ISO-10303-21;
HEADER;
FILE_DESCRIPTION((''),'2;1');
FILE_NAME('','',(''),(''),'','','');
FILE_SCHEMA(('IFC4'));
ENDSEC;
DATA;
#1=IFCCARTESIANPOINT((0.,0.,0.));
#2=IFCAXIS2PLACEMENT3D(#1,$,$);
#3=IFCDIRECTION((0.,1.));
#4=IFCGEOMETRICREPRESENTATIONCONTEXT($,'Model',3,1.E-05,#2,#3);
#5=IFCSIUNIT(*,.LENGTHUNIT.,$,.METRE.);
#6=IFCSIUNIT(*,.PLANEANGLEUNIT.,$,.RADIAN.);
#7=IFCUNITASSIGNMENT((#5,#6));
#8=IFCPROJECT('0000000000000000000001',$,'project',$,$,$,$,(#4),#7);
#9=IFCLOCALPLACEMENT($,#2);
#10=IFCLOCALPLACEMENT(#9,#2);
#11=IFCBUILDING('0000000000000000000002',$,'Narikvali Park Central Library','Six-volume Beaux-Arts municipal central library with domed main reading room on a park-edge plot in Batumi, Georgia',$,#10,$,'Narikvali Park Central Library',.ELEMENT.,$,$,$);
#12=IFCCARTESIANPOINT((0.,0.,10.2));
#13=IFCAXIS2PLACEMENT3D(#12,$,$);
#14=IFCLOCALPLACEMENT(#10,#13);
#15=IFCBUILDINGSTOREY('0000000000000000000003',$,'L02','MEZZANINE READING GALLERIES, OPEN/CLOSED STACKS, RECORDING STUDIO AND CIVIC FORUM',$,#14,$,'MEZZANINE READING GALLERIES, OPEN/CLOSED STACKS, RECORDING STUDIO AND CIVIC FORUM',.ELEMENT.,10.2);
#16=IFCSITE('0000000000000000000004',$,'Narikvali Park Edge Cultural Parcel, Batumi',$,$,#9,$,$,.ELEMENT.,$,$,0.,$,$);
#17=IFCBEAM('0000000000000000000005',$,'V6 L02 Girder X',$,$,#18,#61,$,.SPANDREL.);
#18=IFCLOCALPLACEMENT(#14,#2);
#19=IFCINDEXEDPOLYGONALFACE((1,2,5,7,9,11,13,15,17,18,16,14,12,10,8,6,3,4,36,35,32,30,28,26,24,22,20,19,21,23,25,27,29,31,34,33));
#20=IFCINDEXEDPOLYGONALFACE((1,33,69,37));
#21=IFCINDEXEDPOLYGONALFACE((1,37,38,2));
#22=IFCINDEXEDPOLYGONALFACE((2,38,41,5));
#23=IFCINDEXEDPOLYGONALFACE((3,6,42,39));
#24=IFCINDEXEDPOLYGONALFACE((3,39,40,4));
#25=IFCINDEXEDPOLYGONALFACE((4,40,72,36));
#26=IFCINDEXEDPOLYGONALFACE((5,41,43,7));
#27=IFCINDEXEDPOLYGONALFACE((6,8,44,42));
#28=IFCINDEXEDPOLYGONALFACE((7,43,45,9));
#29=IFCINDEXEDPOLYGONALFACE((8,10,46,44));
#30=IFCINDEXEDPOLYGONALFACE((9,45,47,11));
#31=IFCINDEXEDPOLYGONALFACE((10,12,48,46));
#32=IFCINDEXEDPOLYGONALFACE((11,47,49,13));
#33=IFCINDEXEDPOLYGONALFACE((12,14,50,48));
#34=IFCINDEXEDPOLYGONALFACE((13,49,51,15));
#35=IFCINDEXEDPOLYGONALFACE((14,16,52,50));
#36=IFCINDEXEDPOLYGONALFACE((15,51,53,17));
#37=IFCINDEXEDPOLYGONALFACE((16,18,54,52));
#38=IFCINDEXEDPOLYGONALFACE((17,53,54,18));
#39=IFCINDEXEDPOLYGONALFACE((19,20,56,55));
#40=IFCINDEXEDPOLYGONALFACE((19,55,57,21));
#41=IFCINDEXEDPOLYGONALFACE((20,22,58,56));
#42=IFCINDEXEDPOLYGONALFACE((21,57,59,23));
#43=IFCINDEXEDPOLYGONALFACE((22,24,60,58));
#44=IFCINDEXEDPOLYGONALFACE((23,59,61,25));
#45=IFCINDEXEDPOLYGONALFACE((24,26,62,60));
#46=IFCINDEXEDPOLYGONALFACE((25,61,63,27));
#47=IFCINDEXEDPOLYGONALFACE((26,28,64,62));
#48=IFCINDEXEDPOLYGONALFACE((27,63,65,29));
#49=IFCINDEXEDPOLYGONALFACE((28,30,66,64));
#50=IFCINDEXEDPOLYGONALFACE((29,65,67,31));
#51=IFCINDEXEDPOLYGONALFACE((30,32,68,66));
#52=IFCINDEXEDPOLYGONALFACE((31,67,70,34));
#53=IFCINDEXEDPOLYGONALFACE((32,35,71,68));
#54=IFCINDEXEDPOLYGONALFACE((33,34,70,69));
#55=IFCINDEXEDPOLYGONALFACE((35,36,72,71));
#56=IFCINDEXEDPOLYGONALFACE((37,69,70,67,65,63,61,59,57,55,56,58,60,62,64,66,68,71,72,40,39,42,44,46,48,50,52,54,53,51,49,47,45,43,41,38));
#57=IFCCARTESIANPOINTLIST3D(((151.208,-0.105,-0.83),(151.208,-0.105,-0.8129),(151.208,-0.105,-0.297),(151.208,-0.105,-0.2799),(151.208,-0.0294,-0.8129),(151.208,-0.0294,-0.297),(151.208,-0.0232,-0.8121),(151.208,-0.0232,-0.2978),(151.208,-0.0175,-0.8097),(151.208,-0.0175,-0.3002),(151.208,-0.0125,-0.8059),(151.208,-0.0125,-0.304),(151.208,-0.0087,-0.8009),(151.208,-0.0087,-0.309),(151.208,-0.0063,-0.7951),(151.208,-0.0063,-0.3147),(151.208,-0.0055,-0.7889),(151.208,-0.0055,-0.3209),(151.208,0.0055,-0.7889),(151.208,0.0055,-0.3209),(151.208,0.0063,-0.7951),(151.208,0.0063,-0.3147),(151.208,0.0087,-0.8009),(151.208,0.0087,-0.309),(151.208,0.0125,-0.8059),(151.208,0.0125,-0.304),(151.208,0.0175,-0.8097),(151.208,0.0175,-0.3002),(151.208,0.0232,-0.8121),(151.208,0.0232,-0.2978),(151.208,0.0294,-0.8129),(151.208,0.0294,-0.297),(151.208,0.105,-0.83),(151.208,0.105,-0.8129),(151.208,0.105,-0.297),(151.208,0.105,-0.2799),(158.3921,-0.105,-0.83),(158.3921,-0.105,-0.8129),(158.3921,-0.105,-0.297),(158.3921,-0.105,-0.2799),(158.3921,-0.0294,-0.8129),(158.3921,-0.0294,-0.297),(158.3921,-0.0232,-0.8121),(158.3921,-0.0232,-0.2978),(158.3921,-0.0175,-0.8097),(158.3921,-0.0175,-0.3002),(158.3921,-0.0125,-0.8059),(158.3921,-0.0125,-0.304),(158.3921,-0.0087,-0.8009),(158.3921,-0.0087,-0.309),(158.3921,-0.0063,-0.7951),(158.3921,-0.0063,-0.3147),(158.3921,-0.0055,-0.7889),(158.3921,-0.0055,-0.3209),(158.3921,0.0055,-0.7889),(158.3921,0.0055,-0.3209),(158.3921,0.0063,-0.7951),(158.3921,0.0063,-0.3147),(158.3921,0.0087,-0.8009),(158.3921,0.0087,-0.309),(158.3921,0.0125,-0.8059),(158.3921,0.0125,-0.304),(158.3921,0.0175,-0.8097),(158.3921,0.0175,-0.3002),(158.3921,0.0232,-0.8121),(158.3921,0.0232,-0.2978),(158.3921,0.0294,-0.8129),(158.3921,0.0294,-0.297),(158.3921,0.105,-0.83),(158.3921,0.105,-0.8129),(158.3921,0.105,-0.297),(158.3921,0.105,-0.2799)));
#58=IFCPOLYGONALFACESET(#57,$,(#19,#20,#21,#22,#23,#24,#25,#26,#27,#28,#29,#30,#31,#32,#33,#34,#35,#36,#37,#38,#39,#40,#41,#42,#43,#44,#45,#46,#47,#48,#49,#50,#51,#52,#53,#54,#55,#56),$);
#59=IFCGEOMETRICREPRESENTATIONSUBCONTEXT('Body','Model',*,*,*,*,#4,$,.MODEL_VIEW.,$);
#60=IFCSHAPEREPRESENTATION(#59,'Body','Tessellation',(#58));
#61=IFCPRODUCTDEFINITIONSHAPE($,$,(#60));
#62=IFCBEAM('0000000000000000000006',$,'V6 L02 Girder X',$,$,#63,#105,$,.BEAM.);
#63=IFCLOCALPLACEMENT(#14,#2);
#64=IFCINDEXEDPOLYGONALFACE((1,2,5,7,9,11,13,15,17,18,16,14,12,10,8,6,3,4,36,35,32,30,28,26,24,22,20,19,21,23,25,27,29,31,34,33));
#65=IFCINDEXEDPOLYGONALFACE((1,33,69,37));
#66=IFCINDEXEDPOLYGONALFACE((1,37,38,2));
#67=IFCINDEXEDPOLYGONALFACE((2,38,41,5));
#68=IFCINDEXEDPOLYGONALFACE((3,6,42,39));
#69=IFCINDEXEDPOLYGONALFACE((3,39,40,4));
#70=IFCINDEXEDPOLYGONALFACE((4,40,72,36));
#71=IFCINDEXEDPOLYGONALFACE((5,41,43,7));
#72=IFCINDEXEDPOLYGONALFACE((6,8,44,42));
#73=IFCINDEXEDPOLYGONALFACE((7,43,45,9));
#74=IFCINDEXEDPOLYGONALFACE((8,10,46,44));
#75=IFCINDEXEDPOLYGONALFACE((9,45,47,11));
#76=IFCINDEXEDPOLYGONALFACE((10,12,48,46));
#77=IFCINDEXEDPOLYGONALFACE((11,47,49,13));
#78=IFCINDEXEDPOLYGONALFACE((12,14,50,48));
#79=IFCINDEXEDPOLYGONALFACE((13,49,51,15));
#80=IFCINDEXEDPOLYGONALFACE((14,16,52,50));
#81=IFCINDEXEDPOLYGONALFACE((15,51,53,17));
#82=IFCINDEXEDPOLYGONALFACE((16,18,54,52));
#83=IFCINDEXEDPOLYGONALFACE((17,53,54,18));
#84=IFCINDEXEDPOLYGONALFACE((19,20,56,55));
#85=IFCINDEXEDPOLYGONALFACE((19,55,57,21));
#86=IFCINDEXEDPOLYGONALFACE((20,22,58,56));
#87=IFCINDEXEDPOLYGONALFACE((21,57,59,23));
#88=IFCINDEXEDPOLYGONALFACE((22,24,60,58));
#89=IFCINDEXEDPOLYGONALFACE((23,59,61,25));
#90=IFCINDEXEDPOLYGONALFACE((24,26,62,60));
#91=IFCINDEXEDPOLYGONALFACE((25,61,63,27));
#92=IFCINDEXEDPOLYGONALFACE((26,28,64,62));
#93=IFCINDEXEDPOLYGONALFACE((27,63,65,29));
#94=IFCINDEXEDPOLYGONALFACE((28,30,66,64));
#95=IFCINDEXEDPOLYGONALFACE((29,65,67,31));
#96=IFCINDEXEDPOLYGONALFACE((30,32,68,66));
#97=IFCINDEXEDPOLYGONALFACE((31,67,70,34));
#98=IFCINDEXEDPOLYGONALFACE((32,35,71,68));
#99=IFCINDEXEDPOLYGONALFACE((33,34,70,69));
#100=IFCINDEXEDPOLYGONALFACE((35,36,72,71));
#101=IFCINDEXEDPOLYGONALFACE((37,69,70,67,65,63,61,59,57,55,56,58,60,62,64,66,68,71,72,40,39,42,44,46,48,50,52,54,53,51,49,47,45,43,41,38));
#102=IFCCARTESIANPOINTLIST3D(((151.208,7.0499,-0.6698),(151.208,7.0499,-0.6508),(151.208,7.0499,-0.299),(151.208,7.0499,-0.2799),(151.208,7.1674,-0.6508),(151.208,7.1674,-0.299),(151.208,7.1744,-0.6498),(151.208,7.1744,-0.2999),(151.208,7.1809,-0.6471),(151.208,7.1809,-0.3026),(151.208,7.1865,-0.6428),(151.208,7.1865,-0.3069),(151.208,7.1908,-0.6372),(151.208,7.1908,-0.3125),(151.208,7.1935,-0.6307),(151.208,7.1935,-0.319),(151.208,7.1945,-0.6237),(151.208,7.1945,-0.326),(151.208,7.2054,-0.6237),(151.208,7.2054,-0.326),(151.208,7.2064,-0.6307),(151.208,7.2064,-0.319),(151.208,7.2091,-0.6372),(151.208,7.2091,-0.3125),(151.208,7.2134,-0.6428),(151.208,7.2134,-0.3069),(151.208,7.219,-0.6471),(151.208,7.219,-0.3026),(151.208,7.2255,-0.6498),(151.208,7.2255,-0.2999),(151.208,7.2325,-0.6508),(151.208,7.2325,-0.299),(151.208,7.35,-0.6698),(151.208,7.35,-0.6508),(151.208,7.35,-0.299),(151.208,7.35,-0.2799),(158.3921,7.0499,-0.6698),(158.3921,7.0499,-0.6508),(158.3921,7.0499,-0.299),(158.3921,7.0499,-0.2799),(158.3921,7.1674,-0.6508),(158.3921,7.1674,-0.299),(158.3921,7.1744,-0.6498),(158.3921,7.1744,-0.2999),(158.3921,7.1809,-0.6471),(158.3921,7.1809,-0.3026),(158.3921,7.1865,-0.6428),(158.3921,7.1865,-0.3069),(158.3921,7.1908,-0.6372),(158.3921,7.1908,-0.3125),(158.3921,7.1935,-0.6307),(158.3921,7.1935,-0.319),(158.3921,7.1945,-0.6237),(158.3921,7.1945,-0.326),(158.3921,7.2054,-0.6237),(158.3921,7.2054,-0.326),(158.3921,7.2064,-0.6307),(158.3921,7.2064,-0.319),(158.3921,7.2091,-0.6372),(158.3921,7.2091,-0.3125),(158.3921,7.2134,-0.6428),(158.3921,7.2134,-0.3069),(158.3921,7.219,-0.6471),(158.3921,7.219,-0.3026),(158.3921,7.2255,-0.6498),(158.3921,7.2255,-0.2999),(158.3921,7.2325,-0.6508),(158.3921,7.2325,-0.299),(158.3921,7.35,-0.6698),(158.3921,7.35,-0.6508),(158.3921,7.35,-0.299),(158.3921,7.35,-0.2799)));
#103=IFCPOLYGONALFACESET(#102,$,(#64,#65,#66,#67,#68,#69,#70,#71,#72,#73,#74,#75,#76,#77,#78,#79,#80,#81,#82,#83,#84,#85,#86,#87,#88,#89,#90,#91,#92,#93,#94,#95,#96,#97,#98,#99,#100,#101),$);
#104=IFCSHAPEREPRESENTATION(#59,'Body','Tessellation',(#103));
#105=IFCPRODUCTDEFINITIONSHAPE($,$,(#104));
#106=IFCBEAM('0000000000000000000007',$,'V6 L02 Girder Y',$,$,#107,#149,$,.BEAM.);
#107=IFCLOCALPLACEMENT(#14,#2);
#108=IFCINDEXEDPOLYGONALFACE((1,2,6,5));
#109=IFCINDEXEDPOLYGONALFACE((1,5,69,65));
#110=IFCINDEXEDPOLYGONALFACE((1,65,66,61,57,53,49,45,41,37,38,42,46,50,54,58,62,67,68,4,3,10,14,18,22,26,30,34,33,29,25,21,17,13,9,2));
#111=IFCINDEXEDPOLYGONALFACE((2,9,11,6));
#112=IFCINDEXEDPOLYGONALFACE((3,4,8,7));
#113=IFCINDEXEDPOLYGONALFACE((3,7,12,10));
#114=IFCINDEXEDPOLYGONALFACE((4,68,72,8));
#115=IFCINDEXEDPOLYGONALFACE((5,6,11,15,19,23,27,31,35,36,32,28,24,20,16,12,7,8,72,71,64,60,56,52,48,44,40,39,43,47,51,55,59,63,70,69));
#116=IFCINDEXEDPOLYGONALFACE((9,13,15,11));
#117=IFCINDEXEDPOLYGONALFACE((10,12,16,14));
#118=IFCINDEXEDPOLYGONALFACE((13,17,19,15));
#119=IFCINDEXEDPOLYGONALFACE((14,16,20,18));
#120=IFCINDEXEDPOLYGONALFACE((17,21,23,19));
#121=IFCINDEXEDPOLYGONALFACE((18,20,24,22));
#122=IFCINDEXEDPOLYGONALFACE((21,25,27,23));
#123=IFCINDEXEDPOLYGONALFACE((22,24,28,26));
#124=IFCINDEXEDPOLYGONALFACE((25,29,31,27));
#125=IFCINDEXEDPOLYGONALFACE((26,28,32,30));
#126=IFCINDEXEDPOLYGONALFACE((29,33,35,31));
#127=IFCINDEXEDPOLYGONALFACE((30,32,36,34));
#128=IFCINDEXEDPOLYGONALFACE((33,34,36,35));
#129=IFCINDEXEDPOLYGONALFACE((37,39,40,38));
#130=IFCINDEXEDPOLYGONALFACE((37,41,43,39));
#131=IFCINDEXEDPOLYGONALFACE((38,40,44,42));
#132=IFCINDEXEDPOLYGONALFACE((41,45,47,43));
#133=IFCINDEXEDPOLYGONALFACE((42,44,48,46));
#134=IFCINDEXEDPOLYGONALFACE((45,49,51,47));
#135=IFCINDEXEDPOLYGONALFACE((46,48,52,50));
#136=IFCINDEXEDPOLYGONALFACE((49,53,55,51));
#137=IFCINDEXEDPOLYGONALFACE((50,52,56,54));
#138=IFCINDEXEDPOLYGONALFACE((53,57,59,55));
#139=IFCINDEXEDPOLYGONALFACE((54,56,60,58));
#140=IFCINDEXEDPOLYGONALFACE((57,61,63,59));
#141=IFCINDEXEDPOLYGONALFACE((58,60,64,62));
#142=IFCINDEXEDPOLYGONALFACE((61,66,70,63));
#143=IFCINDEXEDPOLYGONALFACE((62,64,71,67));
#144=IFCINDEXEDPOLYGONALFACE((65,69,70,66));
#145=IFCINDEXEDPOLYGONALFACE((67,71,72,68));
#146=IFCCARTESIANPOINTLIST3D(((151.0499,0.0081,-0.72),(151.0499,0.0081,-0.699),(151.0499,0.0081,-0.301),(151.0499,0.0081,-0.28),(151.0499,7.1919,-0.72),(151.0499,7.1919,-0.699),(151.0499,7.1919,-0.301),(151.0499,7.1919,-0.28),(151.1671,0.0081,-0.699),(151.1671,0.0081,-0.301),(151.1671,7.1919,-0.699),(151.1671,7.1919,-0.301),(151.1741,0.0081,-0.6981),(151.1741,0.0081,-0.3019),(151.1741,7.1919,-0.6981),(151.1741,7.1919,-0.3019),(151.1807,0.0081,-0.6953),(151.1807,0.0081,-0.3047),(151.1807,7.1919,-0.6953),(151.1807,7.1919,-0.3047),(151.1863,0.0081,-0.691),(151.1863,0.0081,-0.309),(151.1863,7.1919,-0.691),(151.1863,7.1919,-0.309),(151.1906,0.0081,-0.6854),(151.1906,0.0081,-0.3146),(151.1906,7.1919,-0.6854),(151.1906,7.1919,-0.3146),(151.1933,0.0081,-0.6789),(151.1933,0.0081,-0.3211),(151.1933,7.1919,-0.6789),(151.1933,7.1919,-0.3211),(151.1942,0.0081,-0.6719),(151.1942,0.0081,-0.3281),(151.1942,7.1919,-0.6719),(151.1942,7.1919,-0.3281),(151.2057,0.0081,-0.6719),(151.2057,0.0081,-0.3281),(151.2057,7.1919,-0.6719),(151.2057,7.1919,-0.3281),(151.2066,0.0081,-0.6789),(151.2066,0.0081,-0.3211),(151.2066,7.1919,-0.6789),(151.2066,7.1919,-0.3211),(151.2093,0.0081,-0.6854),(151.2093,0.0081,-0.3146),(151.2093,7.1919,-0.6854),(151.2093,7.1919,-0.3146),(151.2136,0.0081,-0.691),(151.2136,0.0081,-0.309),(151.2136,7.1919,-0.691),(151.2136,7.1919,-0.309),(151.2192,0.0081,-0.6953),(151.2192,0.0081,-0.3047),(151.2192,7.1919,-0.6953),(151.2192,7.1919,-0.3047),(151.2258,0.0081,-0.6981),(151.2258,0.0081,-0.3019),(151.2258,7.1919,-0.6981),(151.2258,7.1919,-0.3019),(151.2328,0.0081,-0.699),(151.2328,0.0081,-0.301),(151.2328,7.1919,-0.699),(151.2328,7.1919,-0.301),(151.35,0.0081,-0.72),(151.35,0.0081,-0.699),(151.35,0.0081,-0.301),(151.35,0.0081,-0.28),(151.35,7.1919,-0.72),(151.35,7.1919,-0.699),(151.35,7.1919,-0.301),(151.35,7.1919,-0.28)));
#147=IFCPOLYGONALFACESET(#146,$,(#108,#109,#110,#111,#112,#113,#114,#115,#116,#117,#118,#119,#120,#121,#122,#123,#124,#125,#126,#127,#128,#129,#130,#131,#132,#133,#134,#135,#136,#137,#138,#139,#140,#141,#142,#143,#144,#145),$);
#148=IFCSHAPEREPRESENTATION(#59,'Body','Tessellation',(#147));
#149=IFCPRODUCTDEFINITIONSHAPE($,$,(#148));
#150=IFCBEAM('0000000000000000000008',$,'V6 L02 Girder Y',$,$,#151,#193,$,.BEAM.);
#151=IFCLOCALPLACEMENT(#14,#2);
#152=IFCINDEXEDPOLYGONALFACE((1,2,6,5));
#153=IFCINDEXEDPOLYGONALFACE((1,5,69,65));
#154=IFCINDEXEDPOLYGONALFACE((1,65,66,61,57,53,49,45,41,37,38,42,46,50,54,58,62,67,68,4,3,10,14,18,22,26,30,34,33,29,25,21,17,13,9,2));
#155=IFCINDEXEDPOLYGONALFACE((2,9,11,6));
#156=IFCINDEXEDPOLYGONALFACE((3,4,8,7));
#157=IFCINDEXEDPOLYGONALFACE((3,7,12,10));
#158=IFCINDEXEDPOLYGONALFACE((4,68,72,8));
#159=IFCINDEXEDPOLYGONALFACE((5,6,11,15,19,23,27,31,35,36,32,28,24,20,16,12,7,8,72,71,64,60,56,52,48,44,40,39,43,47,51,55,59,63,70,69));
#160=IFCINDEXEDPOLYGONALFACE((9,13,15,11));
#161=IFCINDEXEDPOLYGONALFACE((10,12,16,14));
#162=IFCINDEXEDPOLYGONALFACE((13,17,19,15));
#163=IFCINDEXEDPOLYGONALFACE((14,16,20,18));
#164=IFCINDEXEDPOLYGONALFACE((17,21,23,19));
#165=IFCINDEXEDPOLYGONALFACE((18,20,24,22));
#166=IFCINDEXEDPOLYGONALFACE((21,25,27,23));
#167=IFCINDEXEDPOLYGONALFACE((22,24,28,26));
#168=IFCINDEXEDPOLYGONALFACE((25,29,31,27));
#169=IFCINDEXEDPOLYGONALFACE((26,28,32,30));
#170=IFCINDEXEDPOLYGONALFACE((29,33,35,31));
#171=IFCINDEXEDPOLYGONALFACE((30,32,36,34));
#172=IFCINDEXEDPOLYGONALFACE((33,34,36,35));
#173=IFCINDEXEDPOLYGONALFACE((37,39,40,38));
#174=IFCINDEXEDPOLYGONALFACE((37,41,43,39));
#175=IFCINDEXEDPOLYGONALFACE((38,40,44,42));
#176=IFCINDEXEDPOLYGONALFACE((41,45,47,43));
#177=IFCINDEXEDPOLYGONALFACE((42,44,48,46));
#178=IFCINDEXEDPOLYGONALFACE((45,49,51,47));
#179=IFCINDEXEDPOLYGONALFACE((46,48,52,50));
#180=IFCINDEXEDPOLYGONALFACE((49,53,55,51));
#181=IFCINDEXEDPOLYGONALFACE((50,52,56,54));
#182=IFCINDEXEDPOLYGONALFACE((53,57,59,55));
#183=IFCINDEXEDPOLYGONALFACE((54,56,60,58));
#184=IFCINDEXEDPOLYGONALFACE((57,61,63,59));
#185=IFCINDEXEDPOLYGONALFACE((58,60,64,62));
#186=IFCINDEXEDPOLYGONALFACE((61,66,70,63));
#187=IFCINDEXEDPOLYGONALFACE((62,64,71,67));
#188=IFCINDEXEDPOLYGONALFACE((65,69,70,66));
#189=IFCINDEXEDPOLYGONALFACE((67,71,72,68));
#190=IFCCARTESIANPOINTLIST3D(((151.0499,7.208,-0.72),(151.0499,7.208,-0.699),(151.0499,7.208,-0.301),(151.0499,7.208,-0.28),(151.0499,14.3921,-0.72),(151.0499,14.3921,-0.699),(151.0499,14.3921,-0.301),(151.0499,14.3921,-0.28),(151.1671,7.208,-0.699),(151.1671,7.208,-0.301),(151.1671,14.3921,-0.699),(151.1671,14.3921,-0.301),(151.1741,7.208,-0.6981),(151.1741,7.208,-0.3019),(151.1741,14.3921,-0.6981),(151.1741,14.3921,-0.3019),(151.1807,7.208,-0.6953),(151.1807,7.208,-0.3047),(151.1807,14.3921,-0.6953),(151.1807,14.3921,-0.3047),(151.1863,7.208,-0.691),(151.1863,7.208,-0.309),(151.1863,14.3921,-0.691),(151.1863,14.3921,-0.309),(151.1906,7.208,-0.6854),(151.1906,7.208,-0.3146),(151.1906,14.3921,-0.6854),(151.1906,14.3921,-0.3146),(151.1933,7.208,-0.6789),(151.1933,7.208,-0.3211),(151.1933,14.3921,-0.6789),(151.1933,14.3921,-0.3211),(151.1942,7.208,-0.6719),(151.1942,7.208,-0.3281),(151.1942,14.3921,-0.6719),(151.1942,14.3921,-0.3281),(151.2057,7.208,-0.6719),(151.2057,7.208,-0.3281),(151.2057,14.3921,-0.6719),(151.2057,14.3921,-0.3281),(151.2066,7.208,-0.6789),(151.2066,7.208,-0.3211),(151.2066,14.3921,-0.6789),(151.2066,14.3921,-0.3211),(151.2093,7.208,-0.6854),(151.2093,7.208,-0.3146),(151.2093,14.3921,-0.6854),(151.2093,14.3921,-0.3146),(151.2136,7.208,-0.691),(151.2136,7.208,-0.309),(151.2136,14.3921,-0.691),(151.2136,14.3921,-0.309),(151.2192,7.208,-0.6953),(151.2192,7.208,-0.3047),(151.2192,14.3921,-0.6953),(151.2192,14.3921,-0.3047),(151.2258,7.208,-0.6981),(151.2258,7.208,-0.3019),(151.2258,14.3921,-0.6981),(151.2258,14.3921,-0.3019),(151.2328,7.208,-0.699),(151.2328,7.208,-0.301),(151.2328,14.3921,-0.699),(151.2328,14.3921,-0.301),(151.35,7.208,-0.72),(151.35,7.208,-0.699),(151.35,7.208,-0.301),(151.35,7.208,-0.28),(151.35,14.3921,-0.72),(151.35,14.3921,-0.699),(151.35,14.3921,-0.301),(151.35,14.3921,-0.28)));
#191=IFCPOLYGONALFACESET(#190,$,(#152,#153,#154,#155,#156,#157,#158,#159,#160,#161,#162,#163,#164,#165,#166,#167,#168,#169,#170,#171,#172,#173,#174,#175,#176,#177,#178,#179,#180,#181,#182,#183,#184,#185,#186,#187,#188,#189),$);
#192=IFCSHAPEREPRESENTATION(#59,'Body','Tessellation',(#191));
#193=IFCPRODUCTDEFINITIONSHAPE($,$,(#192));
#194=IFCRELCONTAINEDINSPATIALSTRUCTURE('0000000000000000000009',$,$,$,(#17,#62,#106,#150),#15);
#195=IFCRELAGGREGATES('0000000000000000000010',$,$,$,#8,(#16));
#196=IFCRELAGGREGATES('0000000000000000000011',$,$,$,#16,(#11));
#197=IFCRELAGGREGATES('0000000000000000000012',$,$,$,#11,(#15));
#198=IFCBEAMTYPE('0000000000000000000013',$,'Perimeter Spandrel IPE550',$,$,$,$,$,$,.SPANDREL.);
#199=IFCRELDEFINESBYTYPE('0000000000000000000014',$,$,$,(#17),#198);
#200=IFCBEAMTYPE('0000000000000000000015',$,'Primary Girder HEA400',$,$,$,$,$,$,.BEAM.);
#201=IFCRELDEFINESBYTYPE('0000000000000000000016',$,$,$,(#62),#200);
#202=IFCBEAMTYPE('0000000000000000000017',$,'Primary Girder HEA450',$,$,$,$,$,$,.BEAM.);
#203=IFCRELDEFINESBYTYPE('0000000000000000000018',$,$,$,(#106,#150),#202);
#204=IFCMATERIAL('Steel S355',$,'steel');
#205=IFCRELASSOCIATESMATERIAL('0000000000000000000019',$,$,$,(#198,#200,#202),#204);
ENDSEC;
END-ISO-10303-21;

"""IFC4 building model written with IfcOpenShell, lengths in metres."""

from ifc_helpers import new_model, si_unit, direction, frame, origin, origin_2d, place, context, subcontext, project, spatial, i_section, extrude, material, material_profile, profile_set, type_object, element, save


model = new_model("IFC4")

# Units and contexts
model_context = context("Model", 3, precision=1e-05, world=origin(), true_north=direction((0.0, 1.0)))
body_context = subcontext(model_context, "Body", "Model", "MODEL_VIEW")
ifc_project = project(units=[si_unit("LENGTHUNIT", "METRE"), si_unit("PLANEANGLEUNIT", "RADIAN")], contexts=[model_context])

# Site, building, storey
site_placement = place(None, origin())
site = spatial("IfcSite", under=ifc_project, at=site_placement, Name="Narikvali Park Edge Cultural Parcel, Batumi", CompositionType="ELEMENT", RefElevation=0.0)
building_placement = place(site_placement, origin())
building = spatial("IfcBuilding", under=site, at=building_placement, Name="Narikvali Park Central Library", Description="Six-volume Beaux-Arts municipal central library with domed main reading room on a park-edge plot in Batumi, Georgia", LongName="Narikvali Park Central Library", CompositionType="ELEMENT")
storey_placement = place(building_placement, frame((0.0, 0.0, 10.2)))
storey = spatial("IfcBuildingStorey", under=building, at=storey_placement, Name="L02", Description="MEZZANINE READING GALLERIES, OPEN/CLOSED STACKS, RECORDING STUDIO AND CIVIC FORUM", LongName="MEZZANINE READING GALLERIES, OPEN/CLOSED STACKS, RECORDING STUDIO AND CIVIC FORUM", CompositionType="ELEMENT", Elevation=10.2)

# Shared definitions
ifc_material_1 = material(Name="Steel S355", Category="steel")

# Beams
ifc_material_profile_1 = material_profile(ifc_material_1, i_section(OverallWidth=0.21, OverallDepth=0.55, WebThickness=0.011, FlangeThickness=0.0171, FilletRadius=0.0239, at=origin_2d()), Name="IPE 550")
ifc_profile_set_1 = profile_set([ifc_material_profile_1], Name="Steel S355")
beam_type_1 = type_object("IfcBeamType", Name="Perimeter Spandrel IPE550", PredefinedType="SPANDREL", material=ifc_profile_set_1)
beam_1_placement = place(storey_placement, frame((151.208, 0.0, -0.5549), z_axis=(1.0, 0.0, 0.0), x_axis=(0.0, 1.0, 0.0)))
element("IfcBeam", 1, at=beam_1_placement, inside=storey, type_object=beam_type_1, Name="V6 L02 Girder X", PredefinedType="SPANDREL", context=body_context, shape_type="SweptSolid", body=[
    extrude(i_section(OverallWidth=0.21, OverallDepth=0.55, WebThickness=0.011, FlangeThickness=0.0171, FilletRadius=0.0239, at=origin_2d()), origin(), (0.0, 0.0, 1.0), 7.1841),
])
ifc_material_profile_2 = material_profile(ifc_material_1, i_section(OverallWidth=0.3, OverallDepth=0.3899, WebThickness=0.011, FlangeThickness=0.019, FilletRadius=0.0271, at=origin_2d()), Name="HEA 400")
ifc_profile_set_2 = profile_set([ifc_material_profile_2], Name="Steel S355")
beam_type_2 = type_object("IfcBeamType", Name="Primary Girder HEA400", PredefinedType="BEAM", material=ifc_profile_set_2)
beam_2_placement = place(storey_placement, frame((151.208, 7.2, -0.4749), z_axis=(1.0, 0.0, 0.0), x_axis=(0.0, 1.0, 0.0)))
element("IfcBeam", 2, at=beam_2_placement, inside=storey, type_object=beam_type_2, Name="V6 L02 Girder X", PredefinedType="BEAM", context=body_context, shape_type="SweptSolid", body=[
    extrude(i_section(OverallWidth=0.3, OverallDepth=0.3899, WebThickness=0.011, FlangeThickness=0.019, FilletRadius=0.0271, at=origin_2d()), origin(), (0.0, 0.0, 1.0), 7.1841),
])
ifc_material_profile_3 = material_profile(ifc_material_1, i_section(OverallWidth=0.3, OverallDepth=0.4399, WebThickness=0.0115, FlangeThickness=0.021, FilletRadius=0.0271, at=origin_2d()), Name="HEA 450")
ifc_profile_set_3 = profile_set([ifc_material_profile_3], Name="Steel S355")
beam_type_3 = type_object("IfcBeamType", Name="Primary Girder HEA450", PredefinedType="BEAM", material=ifc_profile_set_3)
beam_3_placement = place(storey_placement, frame((151.2, 0.0081, -0.5), z_axis=(0.0, 1.0, 0.0), x_axis=(-1.0, 0.0, 0.0)))
element("IfcBeam", 3, at=beam_3_placement, inside=storey, type_object=beam_type_3, Name="V6 L02 Girder Y", PredefinedType="BEAM", context=body_context, shape_type="SweptSolid", body=[
    extrude(i_section(OverallWidth=0.3, OverallDepth=0.4399, WebThickness=0.0115, FlangeThickness=0.021, FilletRadius=0.0271, at=origin_2d()), origin(), (0.0, 0.0, 1.0), 7.1838),
])
beam_4_placement = place(storey_placement, frame((151.2, 7.208, -0.5), z_axis=(0.0, 1.0, 0.0), x_axis=(-1.0, 0.0, 0.0)))
element("IfcBeam", 4, at=beam_4_placement, inside=storey, type_object=beam_type_3, Name="V6 L02 Girder Y", PredefinedType="BEAM", context=body_context, shape_type="SweptSolid", body=[
    extrude(i_section(OverallWidth=0.3, OverallDepth=0.4399, WebThickness=0.0115, FlangeThickness=0.021, FilletRadius=0.0271, at=origin_2d()), origin(), (0.0, 0.0, 1.0), 7.1841),
])

save(model, "model.ifc")
